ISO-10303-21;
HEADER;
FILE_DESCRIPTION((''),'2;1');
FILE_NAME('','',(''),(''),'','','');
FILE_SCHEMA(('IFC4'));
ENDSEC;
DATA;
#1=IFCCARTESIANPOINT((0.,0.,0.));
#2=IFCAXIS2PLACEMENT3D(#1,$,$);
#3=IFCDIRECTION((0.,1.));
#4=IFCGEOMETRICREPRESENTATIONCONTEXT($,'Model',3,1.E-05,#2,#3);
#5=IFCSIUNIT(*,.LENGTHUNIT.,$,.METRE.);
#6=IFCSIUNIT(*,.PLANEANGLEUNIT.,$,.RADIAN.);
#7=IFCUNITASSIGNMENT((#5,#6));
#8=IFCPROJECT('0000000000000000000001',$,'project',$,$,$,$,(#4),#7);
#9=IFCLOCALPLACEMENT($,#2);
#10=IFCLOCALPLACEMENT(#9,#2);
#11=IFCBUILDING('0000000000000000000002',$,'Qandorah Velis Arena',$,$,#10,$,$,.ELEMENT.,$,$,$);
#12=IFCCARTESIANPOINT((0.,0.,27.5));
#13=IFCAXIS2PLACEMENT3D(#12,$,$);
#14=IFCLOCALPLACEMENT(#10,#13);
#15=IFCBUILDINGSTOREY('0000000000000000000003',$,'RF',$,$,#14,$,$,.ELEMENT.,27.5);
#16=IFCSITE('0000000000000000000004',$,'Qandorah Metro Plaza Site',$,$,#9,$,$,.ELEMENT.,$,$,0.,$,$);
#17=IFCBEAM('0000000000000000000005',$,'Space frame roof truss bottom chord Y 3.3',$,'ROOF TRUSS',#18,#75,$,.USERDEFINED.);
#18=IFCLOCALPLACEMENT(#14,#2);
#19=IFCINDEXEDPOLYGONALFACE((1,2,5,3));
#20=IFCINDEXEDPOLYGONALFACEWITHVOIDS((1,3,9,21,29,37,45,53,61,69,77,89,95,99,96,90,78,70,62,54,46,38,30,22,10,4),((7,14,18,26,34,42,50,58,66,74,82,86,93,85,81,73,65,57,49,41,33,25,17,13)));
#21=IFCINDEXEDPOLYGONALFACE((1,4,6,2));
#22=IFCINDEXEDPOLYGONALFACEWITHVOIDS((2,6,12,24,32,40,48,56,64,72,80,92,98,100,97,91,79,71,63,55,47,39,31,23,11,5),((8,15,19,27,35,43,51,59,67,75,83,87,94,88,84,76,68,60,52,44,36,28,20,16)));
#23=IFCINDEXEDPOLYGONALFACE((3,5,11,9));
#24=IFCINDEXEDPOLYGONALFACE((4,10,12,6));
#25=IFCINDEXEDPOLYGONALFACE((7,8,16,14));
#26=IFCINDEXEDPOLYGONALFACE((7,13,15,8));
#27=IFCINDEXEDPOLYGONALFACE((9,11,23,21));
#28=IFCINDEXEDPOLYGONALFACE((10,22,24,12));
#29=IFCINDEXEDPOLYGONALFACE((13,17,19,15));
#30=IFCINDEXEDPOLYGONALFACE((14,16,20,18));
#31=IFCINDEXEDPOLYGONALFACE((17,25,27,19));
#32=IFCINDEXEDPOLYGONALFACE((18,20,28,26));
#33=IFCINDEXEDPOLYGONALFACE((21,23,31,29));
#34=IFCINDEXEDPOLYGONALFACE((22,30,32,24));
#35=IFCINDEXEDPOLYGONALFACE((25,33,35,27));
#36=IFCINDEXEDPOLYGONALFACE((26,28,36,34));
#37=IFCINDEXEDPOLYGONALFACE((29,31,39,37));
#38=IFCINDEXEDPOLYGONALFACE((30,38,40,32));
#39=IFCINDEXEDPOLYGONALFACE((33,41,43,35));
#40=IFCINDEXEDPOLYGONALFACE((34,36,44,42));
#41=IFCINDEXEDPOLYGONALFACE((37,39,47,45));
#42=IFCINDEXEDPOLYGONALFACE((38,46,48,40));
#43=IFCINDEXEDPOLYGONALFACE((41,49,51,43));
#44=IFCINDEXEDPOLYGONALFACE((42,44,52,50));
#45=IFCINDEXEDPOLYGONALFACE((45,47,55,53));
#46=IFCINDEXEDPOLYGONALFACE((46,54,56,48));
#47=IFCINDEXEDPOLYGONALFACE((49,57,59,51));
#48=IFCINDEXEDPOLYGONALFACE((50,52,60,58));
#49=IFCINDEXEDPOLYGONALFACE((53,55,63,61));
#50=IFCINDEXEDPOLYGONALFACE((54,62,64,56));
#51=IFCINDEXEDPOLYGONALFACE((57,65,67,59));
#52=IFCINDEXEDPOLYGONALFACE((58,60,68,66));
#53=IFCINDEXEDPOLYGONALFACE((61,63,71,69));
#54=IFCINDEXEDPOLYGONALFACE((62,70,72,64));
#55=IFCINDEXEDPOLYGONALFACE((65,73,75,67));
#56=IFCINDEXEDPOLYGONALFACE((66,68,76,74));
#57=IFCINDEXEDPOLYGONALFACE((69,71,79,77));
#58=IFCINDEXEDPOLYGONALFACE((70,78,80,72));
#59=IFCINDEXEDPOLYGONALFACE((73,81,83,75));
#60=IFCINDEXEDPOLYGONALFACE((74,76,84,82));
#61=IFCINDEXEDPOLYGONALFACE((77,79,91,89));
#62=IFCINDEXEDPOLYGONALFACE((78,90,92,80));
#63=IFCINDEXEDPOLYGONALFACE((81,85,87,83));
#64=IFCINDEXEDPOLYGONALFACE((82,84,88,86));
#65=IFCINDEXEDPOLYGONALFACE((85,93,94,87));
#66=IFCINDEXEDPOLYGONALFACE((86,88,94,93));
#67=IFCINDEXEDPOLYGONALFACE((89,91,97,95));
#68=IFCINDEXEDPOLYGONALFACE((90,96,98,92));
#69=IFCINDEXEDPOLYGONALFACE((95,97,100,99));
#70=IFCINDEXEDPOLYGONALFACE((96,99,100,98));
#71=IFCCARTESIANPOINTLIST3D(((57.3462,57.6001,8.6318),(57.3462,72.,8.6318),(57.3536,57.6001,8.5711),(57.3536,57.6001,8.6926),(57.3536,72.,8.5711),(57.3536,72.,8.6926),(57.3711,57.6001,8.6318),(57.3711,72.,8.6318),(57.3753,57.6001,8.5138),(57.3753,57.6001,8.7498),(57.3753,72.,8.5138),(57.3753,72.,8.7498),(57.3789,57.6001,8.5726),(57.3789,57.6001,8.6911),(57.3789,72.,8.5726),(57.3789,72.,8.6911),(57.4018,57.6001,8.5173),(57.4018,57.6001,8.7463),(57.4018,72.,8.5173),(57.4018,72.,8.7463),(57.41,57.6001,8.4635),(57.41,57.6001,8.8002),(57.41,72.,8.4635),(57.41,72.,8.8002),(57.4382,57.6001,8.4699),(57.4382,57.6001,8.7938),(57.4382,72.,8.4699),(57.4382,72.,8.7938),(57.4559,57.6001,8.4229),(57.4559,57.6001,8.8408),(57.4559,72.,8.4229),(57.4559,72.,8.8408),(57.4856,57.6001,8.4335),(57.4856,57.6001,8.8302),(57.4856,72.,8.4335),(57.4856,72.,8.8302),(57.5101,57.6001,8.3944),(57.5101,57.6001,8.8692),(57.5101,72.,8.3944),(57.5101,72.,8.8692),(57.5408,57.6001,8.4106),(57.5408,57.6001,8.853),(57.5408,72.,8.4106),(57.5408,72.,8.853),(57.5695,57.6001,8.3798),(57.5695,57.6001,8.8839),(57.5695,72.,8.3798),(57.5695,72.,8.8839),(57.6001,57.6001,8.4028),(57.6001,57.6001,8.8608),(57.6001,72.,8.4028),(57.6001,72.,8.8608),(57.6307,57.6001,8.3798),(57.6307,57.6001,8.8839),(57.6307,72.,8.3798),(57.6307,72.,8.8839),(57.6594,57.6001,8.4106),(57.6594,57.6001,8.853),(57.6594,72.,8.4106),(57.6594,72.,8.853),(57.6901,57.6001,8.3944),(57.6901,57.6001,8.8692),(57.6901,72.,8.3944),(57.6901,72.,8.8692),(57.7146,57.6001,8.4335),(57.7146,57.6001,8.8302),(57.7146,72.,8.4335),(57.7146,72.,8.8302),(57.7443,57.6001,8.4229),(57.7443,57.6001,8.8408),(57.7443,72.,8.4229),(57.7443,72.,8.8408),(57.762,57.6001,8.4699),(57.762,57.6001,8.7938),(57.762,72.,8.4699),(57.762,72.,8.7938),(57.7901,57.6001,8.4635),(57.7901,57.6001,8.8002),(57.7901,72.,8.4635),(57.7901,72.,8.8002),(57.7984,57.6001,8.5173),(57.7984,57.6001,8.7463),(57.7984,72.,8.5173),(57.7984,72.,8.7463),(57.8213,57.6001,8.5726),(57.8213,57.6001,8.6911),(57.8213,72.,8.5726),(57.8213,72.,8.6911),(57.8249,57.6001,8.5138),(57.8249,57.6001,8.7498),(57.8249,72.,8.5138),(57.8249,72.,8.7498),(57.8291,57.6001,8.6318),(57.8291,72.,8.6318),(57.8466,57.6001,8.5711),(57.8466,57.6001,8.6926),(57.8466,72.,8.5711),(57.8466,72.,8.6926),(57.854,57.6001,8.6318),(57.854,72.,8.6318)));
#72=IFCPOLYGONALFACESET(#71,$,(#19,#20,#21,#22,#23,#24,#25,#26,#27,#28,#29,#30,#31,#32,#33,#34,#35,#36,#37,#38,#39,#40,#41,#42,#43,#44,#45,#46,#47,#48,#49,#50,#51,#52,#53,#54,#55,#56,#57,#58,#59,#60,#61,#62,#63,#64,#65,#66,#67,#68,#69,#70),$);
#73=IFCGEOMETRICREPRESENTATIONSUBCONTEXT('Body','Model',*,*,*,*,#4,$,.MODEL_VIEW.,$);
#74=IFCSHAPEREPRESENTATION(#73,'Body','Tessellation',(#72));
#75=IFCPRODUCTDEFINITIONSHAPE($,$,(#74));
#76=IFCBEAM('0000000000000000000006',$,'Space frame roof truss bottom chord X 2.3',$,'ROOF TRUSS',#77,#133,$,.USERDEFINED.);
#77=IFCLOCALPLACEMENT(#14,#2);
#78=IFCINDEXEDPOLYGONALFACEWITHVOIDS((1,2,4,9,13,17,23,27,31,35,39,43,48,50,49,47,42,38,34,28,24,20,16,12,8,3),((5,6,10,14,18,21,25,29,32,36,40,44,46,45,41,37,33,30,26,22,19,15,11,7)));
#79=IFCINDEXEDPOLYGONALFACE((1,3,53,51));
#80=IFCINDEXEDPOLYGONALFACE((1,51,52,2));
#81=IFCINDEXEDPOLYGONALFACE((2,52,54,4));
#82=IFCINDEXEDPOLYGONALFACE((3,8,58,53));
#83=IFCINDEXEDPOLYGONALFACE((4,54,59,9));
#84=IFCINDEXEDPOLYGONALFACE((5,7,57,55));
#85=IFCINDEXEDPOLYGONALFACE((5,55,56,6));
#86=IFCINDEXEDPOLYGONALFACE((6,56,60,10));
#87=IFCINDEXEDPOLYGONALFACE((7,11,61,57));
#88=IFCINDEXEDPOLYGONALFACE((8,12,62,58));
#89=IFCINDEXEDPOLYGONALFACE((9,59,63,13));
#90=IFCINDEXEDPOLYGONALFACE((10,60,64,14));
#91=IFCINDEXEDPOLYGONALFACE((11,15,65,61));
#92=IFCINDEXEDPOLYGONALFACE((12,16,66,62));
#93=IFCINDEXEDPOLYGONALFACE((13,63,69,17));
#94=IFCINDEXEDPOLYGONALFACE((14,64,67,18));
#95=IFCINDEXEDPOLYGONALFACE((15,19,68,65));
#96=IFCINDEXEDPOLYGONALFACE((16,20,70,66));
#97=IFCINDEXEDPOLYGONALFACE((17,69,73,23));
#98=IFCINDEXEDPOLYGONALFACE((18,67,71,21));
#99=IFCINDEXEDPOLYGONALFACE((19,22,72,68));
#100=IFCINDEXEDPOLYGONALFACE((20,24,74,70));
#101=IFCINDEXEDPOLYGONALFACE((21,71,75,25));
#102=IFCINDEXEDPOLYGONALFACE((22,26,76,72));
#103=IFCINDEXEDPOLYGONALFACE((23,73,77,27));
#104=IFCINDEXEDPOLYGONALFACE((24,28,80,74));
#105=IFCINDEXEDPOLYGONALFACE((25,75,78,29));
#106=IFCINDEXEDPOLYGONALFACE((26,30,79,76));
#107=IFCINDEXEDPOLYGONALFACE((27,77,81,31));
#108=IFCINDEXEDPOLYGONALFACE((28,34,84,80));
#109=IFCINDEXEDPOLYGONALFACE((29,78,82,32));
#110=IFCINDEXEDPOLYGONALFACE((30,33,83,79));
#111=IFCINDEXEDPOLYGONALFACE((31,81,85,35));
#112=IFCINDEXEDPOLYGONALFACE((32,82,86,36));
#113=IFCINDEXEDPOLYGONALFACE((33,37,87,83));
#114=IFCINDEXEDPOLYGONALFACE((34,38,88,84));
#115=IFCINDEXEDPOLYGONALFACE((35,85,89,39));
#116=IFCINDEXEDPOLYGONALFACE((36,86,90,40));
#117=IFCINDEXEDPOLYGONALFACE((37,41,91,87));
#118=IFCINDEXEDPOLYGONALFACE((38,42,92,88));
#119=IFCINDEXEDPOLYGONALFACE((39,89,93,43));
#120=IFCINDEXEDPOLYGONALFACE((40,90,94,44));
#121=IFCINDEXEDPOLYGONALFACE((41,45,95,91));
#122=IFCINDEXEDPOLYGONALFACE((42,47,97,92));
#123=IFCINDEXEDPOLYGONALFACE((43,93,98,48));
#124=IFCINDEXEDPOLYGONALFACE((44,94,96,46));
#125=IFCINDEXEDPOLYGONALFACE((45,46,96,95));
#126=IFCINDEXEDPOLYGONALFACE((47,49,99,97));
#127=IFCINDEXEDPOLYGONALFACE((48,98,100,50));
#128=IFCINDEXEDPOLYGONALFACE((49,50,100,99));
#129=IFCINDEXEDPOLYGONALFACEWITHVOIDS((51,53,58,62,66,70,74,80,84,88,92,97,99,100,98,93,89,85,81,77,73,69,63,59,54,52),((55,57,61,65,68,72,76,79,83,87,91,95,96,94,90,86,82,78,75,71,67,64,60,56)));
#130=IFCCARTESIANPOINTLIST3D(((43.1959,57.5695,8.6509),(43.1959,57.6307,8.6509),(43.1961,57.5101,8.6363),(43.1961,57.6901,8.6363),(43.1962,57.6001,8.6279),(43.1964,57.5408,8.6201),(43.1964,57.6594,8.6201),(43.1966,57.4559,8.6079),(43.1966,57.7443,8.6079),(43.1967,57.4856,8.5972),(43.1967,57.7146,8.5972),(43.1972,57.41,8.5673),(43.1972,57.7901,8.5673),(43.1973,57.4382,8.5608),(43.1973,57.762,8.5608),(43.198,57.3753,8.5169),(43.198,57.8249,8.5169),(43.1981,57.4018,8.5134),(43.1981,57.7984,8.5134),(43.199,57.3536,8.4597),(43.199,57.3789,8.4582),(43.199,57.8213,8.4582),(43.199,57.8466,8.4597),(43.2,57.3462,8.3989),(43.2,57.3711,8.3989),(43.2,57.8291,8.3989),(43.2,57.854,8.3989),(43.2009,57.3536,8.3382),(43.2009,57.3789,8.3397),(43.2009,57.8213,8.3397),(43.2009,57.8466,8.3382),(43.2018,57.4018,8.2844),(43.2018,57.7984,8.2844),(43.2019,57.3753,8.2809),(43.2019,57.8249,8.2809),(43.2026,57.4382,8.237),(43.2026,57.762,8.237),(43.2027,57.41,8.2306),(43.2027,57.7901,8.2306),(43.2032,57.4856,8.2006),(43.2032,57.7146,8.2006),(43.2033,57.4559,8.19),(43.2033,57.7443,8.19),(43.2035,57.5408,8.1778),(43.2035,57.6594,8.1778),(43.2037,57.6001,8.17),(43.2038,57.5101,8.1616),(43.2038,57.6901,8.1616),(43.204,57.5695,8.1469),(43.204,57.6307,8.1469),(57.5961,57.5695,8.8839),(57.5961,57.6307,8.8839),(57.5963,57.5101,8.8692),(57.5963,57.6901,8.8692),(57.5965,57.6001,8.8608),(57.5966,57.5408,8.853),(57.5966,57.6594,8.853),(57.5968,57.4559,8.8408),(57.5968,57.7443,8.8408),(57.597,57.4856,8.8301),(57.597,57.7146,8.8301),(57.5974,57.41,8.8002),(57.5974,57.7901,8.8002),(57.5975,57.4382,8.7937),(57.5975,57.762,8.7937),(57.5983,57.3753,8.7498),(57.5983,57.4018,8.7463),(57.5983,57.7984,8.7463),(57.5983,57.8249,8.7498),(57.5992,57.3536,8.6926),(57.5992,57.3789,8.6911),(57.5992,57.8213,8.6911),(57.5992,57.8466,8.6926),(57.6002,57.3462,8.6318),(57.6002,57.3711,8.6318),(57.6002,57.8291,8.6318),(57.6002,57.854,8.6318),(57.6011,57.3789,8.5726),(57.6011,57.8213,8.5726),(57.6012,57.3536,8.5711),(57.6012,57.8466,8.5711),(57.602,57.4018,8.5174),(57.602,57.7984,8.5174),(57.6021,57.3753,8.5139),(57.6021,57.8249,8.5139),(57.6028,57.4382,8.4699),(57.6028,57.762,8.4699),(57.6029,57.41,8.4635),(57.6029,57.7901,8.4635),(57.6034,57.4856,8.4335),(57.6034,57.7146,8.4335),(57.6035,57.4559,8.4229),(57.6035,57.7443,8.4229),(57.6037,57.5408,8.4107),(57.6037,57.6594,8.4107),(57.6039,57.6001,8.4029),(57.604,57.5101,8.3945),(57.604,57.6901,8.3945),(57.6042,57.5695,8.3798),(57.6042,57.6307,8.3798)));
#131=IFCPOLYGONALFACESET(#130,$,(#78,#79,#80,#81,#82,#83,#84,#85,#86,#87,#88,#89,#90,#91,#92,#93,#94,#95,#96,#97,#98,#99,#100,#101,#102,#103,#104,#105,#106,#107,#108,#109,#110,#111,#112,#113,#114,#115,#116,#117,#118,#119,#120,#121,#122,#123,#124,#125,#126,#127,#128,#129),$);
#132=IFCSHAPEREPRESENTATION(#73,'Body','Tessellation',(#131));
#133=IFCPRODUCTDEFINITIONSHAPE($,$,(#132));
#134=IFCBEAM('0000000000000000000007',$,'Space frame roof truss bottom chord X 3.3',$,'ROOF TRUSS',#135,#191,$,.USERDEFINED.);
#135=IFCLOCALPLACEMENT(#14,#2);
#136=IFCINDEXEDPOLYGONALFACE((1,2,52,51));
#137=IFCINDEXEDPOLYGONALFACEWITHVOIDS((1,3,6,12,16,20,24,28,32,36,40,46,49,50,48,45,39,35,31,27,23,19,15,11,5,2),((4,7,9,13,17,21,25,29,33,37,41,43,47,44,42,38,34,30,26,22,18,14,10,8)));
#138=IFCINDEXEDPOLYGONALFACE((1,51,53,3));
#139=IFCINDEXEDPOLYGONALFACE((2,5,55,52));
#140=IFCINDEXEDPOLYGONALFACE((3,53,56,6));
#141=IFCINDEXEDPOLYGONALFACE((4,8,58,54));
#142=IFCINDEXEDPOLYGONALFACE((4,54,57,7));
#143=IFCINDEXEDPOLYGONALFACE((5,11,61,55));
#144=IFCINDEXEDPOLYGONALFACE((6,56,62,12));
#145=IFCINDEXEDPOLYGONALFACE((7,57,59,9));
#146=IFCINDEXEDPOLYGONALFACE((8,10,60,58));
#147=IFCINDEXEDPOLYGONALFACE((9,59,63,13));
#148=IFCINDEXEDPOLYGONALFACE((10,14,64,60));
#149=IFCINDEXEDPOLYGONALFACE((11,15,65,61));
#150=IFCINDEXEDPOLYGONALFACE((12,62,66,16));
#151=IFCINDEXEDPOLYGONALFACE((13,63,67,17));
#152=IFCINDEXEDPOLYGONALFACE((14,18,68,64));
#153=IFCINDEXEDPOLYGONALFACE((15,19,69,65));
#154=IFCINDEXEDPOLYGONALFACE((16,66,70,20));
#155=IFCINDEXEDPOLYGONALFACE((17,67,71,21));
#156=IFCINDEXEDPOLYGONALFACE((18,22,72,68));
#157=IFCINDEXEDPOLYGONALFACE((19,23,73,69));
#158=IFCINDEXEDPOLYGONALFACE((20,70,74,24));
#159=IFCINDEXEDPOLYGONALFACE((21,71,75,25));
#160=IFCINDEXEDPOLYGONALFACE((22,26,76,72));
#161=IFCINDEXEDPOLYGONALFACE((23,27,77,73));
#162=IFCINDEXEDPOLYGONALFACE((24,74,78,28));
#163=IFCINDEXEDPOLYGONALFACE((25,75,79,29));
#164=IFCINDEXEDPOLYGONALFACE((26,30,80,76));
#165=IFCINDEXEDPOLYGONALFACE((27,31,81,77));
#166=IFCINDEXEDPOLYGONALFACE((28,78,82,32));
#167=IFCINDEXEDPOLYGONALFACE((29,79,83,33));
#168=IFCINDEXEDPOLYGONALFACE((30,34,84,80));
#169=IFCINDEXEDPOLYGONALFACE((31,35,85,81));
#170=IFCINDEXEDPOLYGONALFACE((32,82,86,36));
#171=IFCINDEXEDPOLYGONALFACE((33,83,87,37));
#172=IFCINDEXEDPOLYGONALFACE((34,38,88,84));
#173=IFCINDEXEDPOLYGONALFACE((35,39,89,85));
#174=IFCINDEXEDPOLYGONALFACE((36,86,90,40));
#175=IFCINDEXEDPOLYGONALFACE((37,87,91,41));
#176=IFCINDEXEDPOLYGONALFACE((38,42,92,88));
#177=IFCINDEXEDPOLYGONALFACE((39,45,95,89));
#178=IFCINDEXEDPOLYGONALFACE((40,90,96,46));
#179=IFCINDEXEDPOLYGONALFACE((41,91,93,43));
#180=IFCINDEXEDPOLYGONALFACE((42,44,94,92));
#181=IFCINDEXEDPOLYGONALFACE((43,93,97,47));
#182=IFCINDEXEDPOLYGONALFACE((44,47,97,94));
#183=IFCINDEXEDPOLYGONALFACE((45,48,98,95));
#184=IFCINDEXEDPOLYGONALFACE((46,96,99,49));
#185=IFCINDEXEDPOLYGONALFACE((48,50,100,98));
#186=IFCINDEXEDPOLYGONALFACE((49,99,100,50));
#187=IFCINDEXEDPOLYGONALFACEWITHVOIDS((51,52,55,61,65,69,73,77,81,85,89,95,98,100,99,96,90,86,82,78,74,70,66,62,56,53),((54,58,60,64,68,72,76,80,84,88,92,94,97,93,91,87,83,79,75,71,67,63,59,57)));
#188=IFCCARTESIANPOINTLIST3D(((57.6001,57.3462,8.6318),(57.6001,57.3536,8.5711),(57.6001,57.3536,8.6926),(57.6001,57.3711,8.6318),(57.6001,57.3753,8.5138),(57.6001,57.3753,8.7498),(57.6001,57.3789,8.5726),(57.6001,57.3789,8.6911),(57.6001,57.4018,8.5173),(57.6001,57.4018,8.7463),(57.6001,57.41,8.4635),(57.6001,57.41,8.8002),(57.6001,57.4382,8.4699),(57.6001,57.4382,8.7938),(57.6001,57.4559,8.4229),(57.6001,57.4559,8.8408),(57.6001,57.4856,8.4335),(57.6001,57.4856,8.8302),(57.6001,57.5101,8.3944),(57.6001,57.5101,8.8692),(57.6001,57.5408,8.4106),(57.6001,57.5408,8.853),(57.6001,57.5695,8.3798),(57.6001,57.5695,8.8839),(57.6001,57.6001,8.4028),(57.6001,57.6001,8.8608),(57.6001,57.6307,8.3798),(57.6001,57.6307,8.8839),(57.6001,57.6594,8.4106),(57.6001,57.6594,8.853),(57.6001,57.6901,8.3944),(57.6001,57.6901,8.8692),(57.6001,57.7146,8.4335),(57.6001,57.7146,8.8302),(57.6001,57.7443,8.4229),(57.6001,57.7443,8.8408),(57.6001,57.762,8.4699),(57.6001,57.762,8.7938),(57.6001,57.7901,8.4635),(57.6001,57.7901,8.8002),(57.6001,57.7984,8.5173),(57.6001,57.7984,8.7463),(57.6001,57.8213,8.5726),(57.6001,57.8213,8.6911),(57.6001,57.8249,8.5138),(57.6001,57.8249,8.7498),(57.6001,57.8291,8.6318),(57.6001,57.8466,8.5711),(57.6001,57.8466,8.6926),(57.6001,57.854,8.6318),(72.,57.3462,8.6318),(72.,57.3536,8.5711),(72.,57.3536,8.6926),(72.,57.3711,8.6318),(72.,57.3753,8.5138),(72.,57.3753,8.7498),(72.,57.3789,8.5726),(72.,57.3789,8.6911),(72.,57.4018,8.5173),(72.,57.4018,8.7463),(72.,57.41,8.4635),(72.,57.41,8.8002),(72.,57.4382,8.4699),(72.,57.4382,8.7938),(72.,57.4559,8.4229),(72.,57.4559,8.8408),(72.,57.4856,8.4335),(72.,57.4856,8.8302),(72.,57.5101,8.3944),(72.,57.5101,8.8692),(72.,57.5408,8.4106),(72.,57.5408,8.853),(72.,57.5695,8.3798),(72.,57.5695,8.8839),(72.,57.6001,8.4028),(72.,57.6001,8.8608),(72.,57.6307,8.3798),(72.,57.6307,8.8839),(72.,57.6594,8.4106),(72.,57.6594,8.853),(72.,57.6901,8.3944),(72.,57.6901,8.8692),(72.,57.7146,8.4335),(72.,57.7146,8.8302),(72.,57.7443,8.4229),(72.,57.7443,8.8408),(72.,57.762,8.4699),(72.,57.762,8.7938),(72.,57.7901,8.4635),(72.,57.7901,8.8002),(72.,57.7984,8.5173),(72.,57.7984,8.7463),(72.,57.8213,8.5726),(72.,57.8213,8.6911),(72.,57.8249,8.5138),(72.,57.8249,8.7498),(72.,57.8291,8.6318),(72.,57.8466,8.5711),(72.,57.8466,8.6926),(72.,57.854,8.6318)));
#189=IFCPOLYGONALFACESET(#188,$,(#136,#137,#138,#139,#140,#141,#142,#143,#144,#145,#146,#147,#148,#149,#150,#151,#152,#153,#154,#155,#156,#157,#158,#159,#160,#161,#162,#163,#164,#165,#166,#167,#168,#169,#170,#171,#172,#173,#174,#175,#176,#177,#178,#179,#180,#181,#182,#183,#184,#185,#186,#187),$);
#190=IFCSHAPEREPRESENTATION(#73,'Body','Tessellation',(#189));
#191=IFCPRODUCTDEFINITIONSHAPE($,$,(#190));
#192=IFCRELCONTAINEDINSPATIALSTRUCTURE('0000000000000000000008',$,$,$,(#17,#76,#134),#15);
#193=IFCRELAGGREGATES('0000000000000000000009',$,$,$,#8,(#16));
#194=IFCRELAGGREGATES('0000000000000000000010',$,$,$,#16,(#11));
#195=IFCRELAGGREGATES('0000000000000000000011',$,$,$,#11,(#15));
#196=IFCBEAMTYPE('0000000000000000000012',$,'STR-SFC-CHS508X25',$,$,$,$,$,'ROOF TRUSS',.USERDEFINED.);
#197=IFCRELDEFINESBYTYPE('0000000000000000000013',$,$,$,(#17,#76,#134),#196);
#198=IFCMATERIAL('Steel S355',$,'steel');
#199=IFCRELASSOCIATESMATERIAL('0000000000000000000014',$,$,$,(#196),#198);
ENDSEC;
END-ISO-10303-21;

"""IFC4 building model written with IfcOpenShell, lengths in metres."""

from ifc_helpers import new_model, si_unit, direction, frame, origin, origin_2d, place, context, subcontext, project, spatial, hollow_circle, extrude, material, material_profile, profile_set, type_object, element, save


model = new_model("IFC4")

# Units and contexts
model_context = context("Model", 3, precision=1e-05, world=origin(), true_north=direction((0.0, 1.0)))
body_context = subcontext(model_context, "Body", "Model", "MODEL_VIEW")
ifc_project = project(units=[si_unit("LENGTHUNIT", "METRE"), si_unit("PLANEANGLEUNIT", "RADIAN")], contexts=[model_context])

# Site, building, storey
site_placement = place(None, origin())
site = spatial("IfcSite", under=ifc_project, at=site_placement, Name="Qandorah Metro Plaza Site", CompositionType="ELEMENT", RefElevation=0.0)
building_placement = place(site_placement, origin())
building = spatial("IfcBuilding", under=site, at=building_placement, Name="Qandorah Velis Arena", CompositionType="ELEMENT")
storey_placement = place(building_placement, frame((0.0, 0.0, 27.5)))
storey = spatial("IfcBuildingStorey", under=building, at=storey_placement, Name="RF", CompositionType="ELEMENT", Elevation=27.5)

# Shared definitions
ifc_material_1 = material(Name="Steel S355", Category="steel")

# Beams
ifc_material_profile_1 = material_profile(ifc_material_1, hollow_circle(Radius=0.2539, WallThickness=0.0249, at=origin_2d()), Name="CHS 508x25")
ifc_profile_set_1 = profile_set([ifc_material_profile_1], Name="Steel S355")
beam_type_1 = type_object("IfcBeamType", Name="STR-SFC-CHS508X25", ElementType="ROOF TRUSS", PredefinedType="USERDEFINED", material=ifc_profile_set_1)
beam_1_placement = place(storey_placement, frame((57.6001, 57.6001, 8.6318), z_axis=(0.0, 1.0, 0.0), x_axis=(-1.0, 0.0, 0.0)))
element("IfcBeam", 1, at=beam_1_placement, inside=storey, type_object=beam_type_1, Name="Space frame roof truss bottom chord Y 3.3", ObjectType="ROOF TRUSS", PredefinedType="USERDEFINED", context=body_context, shape_type="SweptSolid", body=[
    extrude(hollow_circle(Radius=0.2539, WallThickness=0.0249, at=origin_2d()), origin(), (0.0, 0.0, 1.0), 14.3999),
])
beam_2_placement = place(storey_placement, frame((43.2, 57.6001, 8.3989), z_axis=(0.999869, 0.0, 0.016172), x_axis=(0.0, 1.0, 0.0)))
element("IfcBeam", 2, at=beam_2_placement, inside=storey, type_object=beam_type_1, Name="Space frame roof truss bottom chord X 2.3", ObjectType="ROOF TRUSS", PredefinedType="USERDEFINED", context=body_context, shape_type="SweptSolid", body=[
    extrude(hollow_circle(Radius=0.2539, WallThickness=0.0249, at=origin_2d()), origin(), (0.0, 0.0, 1.0), 14.4021),
])
beam_3_placement = place(storey_placement, frame((57.6001, 57.6001, 8.6318), z_axis=(1.0, 0.0, 0.0), x_axis=(0.0, 1.0, 0.0)))
element("IfcBeam", 3, at=beam_3_placement, inside=storey, type_object=beam_type_1, Name="Space frame roof truss bottom chord X 3.3", ObjectType="ROOF TRUSS", PredefinedType="USERDEFINED", context=body_context, shape_type="SweptSolid", body=[
    extrude(hollow_circle(Radius=0.2539, WallThickness=0.0249, at=origin_2d()), origin(), (0.0, 0.0, 1.0), 14.3999),
])

save(model, "model.ifc")
